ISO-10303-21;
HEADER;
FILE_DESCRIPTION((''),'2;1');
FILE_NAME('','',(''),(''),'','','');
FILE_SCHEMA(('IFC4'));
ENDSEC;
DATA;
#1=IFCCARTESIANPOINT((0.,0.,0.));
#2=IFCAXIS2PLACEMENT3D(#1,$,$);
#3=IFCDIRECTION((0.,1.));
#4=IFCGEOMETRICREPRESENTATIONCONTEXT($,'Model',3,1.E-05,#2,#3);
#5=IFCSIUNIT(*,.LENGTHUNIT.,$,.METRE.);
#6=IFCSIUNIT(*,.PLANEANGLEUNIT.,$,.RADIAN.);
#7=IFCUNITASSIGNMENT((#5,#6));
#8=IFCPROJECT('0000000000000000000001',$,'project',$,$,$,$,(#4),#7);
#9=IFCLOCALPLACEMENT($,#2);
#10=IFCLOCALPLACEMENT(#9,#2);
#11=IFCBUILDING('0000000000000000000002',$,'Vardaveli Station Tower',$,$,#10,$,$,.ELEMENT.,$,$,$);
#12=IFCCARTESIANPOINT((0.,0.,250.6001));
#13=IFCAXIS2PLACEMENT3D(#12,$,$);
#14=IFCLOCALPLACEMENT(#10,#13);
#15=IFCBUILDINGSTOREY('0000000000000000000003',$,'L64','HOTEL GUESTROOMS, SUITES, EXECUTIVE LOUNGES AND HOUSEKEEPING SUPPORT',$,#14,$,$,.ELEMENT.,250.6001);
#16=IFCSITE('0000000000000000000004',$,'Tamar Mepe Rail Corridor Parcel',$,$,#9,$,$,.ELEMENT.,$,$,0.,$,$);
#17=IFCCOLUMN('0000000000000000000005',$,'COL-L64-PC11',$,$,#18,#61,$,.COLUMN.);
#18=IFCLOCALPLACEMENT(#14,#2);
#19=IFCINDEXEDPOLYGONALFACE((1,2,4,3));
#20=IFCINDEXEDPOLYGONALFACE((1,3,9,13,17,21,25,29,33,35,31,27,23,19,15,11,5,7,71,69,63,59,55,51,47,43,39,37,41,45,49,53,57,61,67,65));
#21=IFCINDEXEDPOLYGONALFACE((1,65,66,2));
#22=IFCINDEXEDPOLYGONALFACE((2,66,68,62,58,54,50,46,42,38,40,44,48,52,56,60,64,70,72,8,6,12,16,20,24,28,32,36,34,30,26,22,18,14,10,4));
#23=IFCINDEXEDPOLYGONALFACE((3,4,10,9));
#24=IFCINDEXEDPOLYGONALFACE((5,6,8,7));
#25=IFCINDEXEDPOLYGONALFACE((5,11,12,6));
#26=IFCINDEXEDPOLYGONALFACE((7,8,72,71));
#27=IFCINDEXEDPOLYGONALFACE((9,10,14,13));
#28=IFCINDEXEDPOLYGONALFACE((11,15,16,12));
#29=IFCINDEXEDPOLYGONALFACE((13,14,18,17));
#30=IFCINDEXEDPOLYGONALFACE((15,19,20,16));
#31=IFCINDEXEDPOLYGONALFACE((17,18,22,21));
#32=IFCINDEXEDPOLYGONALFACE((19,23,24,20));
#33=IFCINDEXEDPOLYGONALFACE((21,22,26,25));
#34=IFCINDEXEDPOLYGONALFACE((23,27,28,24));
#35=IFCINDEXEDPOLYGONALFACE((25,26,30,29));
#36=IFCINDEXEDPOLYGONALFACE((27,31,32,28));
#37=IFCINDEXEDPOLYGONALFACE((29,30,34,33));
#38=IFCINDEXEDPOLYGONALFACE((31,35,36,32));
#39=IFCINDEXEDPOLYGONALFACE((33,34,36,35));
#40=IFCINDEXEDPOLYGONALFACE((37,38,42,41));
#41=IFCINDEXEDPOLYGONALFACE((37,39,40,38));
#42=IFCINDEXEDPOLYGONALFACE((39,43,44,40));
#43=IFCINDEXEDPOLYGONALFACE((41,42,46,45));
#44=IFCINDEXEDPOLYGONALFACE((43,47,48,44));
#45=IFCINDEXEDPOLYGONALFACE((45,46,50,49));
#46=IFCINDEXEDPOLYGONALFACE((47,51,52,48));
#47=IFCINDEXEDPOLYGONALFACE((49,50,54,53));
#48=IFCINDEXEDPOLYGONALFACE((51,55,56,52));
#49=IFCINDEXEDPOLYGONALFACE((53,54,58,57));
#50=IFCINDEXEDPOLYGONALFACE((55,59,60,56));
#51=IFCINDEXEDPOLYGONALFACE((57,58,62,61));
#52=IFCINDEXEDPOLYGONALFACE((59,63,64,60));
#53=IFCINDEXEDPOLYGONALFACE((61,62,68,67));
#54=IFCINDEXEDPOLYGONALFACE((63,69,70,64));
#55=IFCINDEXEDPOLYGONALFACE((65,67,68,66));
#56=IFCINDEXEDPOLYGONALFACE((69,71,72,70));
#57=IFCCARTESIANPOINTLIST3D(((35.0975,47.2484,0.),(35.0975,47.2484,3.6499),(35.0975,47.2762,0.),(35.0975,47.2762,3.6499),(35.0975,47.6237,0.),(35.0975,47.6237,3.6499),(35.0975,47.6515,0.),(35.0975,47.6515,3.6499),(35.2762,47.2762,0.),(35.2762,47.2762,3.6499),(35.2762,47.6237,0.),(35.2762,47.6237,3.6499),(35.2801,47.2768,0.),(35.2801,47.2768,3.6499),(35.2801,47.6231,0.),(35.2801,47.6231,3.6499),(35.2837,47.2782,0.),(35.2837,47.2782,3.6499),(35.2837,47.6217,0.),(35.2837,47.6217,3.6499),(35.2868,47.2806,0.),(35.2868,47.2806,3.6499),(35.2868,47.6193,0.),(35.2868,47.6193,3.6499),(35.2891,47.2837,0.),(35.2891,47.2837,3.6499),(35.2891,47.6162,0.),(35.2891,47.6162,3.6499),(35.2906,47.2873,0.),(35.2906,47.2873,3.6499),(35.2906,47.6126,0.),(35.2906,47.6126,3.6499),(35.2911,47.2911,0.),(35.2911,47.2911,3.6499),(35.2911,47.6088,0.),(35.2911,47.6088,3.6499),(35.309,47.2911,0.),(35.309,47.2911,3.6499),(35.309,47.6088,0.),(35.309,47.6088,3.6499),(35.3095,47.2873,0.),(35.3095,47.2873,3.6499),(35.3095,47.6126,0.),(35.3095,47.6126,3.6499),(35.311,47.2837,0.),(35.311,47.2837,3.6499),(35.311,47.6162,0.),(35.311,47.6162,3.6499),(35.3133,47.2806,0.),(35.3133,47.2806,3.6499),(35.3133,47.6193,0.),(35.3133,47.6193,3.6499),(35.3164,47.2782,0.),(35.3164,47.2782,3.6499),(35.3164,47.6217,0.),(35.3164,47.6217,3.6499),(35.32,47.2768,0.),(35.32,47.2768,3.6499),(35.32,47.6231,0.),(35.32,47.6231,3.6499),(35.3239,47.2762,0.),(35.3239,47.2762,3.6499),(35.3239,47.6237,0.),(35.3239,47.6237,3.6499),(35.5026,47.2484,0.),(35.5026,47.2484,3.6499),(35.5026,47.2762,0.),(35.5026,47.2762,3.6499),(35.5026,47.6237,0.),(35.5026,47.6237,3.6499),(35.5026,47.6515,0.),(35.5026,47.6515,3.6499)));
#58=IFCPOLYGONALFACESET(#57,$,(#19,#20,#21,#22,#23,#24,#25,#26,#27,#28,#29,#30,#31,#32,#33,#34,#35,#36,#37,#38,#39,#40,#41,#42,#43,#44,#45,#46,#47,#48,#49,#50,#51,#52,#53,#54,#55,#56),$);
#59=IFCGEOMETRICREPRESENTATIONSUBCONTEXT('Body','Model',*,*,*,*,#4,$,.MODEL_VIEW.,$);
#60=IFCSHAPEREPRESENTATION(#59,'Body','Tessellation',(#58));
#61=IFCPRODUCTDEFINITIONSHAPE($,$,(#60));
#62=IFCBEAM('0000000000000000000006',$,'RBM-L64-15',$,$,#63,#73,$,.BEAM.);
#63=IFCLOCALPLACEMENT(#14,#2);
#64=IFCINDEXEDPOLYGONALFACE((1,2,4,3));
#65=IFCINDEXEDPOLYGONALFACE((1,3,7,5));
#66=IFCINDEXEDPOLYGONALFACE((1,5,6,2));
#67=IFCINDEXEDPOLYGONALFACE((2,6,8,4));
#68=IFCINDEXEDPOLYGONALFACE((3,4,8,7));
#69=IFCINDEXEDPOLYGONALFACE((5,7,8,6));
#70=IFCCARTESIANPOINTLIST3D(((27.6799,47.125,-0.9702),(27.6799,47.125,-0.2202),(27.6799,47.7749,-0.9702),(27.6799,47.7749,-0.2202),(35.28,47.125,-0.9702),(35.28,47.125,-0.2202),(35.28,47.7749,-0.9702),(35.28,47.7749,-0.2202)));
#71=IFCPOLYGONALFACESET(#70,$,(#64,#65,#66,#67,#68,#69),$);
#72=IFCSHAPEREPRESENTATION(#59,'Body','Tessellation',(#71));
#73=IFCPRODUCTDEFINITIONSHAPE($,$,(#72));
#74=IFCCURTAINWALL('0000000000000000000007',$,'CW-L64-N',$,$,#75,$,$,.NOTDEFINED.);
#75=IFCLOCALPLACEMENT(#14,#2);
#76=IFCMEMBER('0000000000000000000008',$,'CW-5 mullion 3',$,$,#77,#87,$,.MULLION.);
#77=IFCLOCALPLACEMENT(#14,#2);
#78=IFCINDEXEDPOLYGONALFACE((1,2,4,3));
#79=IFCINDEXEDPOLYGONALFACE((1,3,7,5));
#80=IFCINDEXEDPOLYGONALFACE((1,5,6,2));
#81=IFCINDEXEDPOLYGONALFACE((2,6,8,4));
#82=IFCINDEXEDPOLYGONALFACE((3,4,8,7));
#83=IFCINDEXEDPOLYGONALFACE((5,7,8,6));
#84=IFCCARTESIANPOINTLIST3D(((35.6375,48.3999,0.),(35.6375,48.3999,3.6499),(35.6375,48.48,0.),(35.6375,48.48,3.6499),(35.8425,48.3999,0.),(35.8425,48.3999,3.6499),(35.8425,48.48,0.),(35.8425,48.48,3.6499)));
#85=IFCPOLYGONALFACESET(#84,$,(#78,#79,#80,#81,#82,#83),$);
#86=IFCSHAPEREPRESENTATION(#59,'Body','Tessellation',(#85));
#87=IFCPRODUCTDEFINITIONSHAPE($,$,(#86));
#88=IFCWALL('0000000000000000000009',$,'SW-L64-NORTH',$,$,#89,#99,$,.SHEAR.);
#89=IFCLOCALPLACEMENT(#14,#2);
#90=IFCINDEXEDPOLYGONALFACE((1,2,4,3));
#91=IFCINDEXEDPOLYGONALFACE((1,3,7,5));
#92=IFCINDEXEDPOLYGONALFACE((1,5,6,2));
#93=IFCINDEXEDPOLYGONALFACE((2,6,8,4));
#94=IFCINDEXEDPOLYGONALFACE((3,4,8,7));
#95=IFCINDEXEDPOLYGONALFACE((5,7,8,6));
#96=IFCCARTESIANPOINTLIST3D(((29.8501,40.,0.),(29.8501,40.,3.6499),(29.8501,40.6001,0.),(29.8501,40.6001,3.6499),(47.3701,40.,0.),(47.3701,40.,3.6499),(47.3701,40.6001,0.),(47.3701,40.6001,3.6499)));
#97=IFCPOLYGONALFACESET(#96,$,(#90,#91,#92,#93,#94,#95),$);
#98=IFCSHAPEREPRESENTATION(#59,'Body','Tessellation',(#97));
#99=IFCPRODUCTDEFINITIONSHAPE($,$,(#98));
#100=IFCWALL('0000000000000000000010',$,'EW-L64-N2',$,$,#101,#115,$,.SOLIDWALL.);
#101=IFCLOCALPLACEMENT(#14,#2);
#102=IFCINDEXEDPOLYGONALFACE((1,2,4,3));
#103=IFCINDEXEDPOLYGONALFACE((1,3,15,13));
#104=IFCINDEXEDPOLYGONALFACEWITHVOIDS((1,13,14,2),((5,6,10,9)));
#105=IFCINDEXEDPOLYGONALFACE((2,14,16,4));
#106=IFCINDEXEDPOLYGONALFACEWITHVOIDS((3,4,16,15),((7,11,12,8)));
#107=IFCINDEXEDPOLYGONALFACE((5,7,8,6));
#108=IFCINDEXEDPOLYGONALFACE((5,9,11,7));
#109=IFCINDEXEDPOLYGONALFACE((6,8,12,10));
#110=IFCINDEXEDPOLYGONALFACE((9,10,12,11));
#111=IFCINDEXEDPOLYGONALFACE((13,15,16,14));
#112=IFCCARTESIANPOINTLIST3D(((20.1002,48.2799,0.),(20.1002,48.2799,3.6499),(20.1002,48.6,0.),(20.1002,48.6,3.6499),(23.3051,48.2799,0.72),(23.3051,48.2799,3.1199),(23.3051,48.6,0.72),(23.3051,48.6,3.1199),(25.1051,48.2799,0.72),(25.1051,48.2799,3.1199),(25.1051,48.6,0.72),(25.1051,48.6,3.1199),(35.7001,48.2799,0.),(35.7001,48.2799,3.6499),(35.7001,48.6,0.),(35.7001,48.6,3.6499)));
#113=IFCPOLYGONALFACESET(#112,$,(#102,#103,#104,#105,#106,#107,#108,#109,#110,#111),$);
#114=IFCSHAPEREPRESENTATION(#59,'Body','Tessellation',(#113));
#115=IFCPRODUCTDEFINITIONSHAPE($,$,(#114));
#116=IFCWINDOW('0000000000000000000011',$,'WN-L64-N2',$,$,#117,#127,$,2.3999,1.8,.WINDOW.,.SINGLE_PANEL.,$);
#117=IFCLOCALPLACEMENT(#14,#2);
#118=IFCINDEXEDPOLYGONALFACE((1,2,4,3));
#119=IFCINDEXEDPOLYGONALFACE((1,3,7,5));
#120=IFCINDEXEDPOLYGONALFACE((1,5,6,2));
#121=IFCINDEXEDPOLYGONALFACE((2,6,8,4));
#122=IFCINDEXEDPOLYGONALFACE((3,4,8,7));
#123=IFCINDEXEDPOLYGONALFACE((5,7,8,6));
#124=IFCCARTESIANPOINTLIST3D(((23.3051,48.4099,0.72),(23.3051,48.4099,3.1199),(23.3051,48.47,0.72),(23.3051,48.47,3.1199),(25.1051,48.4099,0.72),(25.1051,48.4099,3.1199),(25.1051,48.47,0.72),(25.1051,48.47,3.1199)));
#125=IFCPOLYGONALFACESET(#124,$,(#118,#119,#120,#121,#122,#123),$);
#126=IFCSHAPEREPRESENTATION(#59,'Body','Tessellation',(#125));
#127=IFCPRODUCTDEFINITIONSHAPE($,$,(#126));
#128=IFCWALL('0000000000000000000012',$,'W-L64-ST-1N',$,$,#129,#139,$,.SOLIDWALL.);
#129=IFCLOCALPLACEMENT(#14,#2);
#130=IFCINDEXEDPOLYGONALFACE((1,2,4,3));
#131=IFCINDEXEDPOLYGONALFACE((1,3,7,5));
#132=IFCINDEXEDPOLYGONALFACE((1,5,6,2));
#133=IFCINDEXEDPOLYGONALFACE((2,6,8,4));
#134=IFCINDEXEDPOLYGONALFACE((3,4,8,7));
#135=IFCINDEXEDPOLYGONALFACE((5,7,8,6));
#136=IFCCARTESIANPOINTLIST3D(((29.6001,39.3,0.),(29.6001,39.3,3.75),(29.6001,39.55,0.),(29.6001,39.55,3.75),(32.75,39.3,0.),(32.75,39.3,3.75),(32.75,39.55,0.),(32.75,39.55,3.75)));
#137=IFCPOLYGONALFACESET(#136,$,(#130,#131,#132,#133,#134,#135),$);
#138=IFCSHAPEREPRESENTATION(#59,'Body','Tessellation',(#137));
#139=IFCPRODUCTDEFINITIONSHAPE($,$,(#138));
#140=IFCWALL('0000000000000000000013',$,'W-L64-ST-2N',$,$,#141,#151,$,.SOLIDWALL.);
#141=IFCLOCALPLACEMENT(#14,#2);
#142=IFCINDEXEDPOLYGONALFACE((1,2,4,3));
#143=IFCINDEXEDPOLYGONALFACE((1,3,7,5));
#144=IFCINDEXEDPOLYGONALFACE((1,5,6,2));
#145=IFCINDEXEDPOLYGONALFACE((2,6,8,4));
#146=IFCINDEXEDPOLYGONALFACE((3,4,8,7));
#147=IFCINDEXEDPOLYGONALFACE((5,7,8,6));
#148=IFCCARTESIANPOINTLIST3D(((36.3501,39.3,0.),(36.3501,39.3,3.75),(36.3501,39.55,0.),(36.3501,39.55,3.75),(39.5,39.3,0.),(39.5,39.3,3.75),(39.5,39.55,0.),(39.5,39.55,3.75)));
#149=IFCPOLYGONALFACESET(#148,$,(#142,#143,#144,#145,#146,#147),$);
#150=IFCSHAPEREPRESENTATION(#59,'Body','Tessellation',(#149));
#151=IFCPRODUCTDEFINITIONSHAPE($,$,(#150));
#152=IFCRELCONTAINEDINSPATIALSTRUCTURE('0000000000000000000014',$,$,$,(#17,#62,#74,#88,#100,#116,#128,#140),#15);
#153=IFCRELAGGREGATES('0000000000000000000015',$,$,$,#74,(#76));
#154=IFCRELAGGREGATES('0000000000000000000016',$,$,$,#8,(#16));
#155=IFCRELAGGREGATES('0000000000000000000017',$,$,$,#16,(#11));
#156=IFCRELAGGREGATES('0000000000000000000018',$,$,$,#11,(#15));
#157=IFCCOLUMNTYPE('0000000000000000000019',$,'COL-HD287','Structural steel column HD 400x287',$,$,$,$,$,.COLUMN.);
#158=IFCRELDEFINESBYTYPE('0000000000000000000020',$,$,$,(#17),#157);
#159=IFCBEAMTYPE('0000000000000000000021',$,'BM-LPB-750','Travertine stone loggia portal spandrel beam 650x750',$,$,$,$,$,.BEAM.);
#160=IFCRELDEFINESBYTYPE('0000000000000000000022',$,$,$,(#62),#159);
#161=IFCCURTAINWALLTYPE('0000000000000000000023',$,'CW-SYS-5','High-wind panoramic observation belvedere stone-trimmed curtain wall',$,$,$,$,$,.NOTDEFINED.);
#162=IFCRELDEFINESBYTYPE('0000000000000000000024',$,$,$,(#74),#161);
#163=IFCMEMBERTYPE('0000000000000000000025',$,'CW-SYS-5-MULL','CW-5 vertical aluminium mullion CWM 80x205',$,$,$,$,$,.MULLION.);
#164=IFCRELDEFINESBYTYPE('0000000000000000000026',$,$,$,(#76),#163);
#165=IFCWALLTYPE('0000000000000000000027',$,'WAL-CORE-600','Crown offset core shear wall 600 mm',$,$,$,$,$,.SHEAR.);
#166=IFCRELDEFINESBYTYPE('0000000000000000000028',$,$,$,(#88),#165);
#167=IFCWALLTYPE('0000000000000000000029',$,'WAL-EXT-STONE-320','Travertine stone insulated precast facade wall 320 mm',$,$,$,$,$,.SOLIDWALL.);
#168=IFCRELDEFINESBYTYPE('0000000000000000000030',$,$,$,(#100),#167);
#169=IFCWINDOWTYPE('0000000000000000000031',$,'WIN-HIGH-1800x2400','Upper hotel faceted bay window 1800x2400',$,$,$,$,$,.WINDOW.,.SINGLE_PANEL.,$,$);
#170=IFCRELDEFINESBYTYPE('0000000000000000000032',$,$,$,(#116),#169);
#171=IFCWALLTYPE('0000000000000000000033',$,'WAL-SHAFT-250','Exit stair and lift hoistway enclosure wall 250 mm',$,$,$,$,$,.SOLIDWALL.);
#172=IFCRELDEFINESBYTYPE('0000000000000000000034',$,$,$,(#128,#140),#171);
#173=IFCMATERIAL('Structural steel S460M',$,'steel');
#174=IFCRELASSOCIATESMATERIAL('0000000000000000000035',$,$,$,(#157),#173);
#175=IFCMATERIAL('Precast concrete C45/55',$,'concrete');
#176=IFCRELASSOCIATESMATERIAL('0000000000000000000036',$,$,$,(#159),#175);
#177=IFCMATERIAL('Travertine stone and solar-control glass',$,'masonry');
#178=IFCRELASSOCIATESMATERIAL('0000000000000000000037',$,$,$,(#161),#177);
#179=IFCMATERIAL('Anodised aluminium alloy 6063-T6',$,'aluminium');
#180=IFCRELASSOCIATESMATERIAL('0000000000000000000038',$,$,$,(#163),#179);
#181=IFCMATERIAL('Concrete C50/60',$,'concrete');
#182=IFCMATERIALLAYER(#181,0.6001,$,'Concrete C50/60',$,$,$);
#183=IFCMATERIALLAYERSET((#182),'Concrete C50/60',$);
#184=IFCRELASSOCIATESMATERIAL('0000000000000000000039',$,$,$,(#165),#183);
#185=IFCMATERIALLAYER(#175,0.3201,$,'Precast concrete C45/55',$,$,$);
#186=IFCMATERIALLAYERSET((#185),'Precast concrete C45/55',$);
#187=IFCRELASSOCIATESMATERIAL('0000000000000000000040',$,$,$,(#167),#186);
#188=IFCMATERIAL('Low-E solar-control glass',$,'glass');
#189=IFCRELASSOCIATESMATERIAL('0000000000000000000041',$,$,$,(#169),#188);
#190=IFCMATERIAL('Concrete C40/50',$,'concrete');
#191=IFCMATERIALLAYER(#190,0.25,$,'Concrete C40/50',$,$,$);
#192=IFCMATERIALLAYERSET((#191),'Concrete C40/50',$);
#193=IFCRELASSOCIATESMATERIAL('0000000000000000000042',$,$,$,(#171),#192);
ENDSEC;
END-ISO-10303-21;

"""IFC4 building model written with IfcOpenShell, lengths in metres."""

from ifc_helpers import new_model, si_unit, direction, frame, frame_2d, origin, origin_2d, place, context, subcontext, project, spatial, rectangle, i_section, extrude, source, transform, mapped, material, layer, layer_set, material_profile, profile_set, type_object, element, fill, aggregate, save


model = new_model("IFC4")

# Units and contexts
model_context = context("Model", 3, precision=1e-05, world=origin(), true_north=direction((0.0, 1.0)))
body_context = subcontext(model_context, "Body", "Model", "MODEL_VIEW")
ifc_project = project(units=[si_unit("LENGTHUNIT", "METRE"), si_unit("PLANEANGLEUNIT", "RADIAN")], contexts=[model_context])

# Site, building, storey
site_placement = place(None, origin())
site = spatial("IfcSite", under=ifc_project, at=site_placement, Name="Tamar Mepe Rail Corridor Parcel", CompositionType="ELEMENT", RefElevation=0.0)
building_placement = place(site_placement, origin())
building = spatial("IfcBuilding", under=site, at=building_placement, Name="Vardaveli Station Tower", CompositionType="ELEMENT")
storey_placement = place(building_placement, frame((0.0, 0.0, 250.6001)))
storey = spatial("IfcBuildingStorey", under=building, at=storey_placement, Name="L64", Description="HOTEL GUESTROOMS, SUITES, EXECUTIVE LOUNGES AND HOUSEKEEPING SUPPORT", CompositionType="ELEMENT", Elevation=250.6001)

# Column
ifc_material_1 = material(Name="Structural steel S460M", Category="steel")
ifc_material_profile_1 = material_profile(ifc_material_1, i_section(OverallWidth=0.405, OverallDepth=0.4031, WebThickness=0.0178, FlangeThickness=0.0278, FilletRadius=0.0149, at=origin_2d()), Name="HD 400x287")
ifc_profile_set_1 = profile_set([ifc_material_profile_1], Name="Structural steel S460M")
column_type = type_object("IfcColumnType", Name="COL-HD287", Description="Structural steel column HD 400x287", PredefinedType="COLUMN", material=ifc_profile_set_1)
shared_shape_1 = source(origin(), body_context, "Body", "SweptSolid", [
    extrude(i_section(OverallWidth=0.405, OverallDepth=0.4031, WebThickness=0.0178, FlangeThickness=0.0278, FilletRadius=0.0149, at=origin_2d()), origin(), (0.0, 0.0, 1.0), 3.6499),
])
column_placement = place(storey_placement, frame((35.3, 47.45, 0.0), z_axis=(0.0, 0.0, 1.0), x_axis=(1.0, 0.0, 0.0)))
element("IfcColumn", 1, at=column_placement, inside=storey, type_object=column_type, Name="COL-L64-PC11", PredefinedType="COLUMN", context=body_context, shape_type="MappedRepresentation", body=[
    mapped(shared_shape_1, transform((0.0, 0.0, 0.0), scale=1.0)),
])

# Beam
ifc_material_2 = material(Name="Precast concrete C45/55", Category="concrete")
ifc_material_profile_2 = material_profile(ifc_material_2, rectangle(XDim=0.6499, YDim=0.75, at=origin_2d()), Name="LPB 650x750")
ifc_profile_set_2 = profile_set([ifc_material_profile_2], Name="Precast concrete C45/55")
beam_type = type_object("IfcBeamType", Name="BM-LPB-750", Description="Travertine stone loggia portal spandrel beam 650x750", PredefinedType="BEAM", material=ifc_profile_set_2)
shared_shape_2 = source(origin(), body_context, "Body", "SweptSolid", [
    extrude(rectangle(XDim=0.6499, YDim=0.75, at=origin_2d()), origin(), (0.0, 0.0, 1.0), 7.6001),
])
beam_placement = place(storey_placement, frame((35.28, 47.45, -0.5952), z_axis=(-1.0, 0.0, 0.0), x_axis=(0.0, -1.0, 0.0)))
element("IfcBeam", 2, at=beam_placement, inside=storey, type_object=beam_type, Name="RBM-L64-15", PredefinedType="BEAM", context=body_context, shape_type="MappedRepresentation", body=[
    mapped(shared_shape_2, transform((0.0, 0.0, 0.0), scale=1.0)),
])

# Curtain wall, member
ifc_material_3 = material(Name="Travertine stone and solar-control glass", Category="masonry")
curtain_wall_type = type_object("IfcCurtainWallType", Name="CW-SYS-5", Description="High-wind panoramic observation belvedere stone-trimmed curtain wall", PredefinedType="NOTDEFINED", material=ifc_material_3)
curtain_wall_placement = place(storey_placement, origin())
curtain_wall = element("IfcCurtainWall", 3, at=curtain_wall_placement, inside=storey, type_object=curtain_wall_type, Name="CW-L64-N", PredefinedType="NOTDEFINED")
ifc_material_4 = material(Name="Anodised aluminium alloy 6063-T6", Category="aluminium")
ifc_material_profile_3 = material_profile(ifc_material_4, rectangle(XDim=0.0801, YDim=0.2051, at=origin_2d()), Name="CWM 80x205")
ifc_profile_set_3 = profile_set([ifc_material_profile_3], Name="Anodised aluminium alloy 6063-T6")
member_type = type_object("IfcMemberType", Name="CW-SYS-5-MULL", Description="CW-5 vertical aluminium mullion CWM 80x205", PredefinedType="MULLION", material=ifc_profile_set_3)
shared_shape_3 = source(origin(), body_context, "Body", "SweptSolid", [
    extrude(rectangle(XDim=0.0801, YDim=0.2051, at=origin_2d()), origin(), (0.0, 0.0, 1.0), 3.6499),
])
member_placement = place(storey_placement, frame((35.74, 48.4399, 0.0), z_axis=(0.0, 0.0, 1.0), x_axis=(0.0, -1.0, 0.0)))
member = element("IfcMember", 4, at=member_placement, type_object=member_type, Name="CW-5 mullion 3", PredefinedType="MULLION", context=body_context, shape_type="MappedRepresentation", body=[
    mapped(shared_shape_3, transform((0.0, 0.0, 0.0), scale=1.0)),
])
aggregate(curtain_wall, [member])

# Wall
ifc_material_5 = material(Name="Concrete C50/60", Category="concrete")
ifc_layer_1 = layer(ifc_material_5, 0.6001, Name="Concrete C50/60")
ifc_layer_set_1 = layer_set([ifc_layer_1], Name="Concrete C50/60")
wall_type_1 = type_object("IfcWallType", Name="WAL-CORE-600", Description="Crown offset core shear wall 600 mm", PredefinedType="SHEAR", material=ifc_layer_set_1)
shared_shape_4 = source(origin(), body_context, "Body", "SweptSolid", [
    extrude(rectangle(XDim=17.52, YDim=0.6001, at=frame_2d((8.76, 0.0))), origin(), (0.0, 0.0, 1.0), 3.6499),
])
wall_1_placement = place(storey_placement, frame((29.8501, 40.3, 0.0), z_axis=(0.0, 0.0, 1.0), x_axis=(1.0, 0.0, 0.0)))
element("IfcWall", 5, at=wall_1_placement, inside=storey, type_object=wall_type_1, Name="SW-L64-NORTH", PredefinedType="SHEAR", context=body_context, shape_type="MappedRepresentation", body=[
    mapped(shared_shape_4, transform((0.0, 0.0, 0.0), scale=1.0)),
])

# Wall, opening, window
ifc_layer_2 = layer(ifc_material_2, 0.3201, Name="Precast concrete C45/55")
ifc_layer_set_2 = layer_set([ifc_layer_2], Name="Precast concrete C45/55")
wall_type_2 = type_object("IfcWallType", Name="WAL-EXT-STONE-320", Description="Travertine stone insulated precast facade wall 320 mm", PredefinedType="SOLIDWALL", material=ifc_layer_set_2)
shared_shape_5 = source(origin(), body_context, "Body", "SweptSolid", [
    extrude(rectangle(XDim=15.5999, YDim=0.3201, at=frame_2d((7.7998, 0.0))), origin(), (0.0, 0.0, 1.0), 3.6499),
])
wall_2_placement = place(storey_placement, frame((35.7, 48.4399, 0.0), z_axis=(0.0, 0.0, 1.0), x_axis=(-1.0, 0.0, 0.0)))
wall_2 = element("IfcWall", 6, at=wall_2_placement, inside=storey, type_object=wall_type_2, Name="EW-L64-N2", PredefinedType="SOLIDWALL", context=body_context, shape_type="MappedRepresentation", body=[
    mapped(shared_shape_5, transform((0.0, 0.0, 0.0), scale=1.0)),
])
shared_shape_6 = source(origin(), body_context, "Body", "SweptSolid", [
    extrude(rectangle(XDim=1.8, YDim=2.3999, at=frame_2d((0.8999, 1.2))), frame((0.0, 0.1699, 0.0), z_axis=(0.0, -1.0, 0.0), x_axis=(1.0, 0.0, 0.0)), (0.0, 0.0, 1.0), 0.3401),
])
opening_1_placement = place(wall_2_placement, frame((10.595, 0.0, 0.72)))
opening_1 = element("IfcOpeningElement", 7, at=opening_1_placement, cuts=wall_2, PredefinedType="OPENING", context=body_context, shape_type="MappedRepresentation", body=[
    mapped(shared_shape_6, transform((0.0, 0.0, 0.0), scale=1.0)),
])
ifc_material_6 = material(Name="Low-E solar-control glass", Category="glass")
window_type = type_object("IfcWindowType", Name="WIN-HIGH-1800x2400", Description="Upper hotel faceted bay window 1800x2400", PartitioningType="SINGLE_PANEL", PredefinedType="WINDOW", material=ifc_material_6)
shared_shape_7 = source(origin(), body_context, "Body", "SweptSolid", [
    extrude(rectangle(XDim=1.8, YDim=2.3999, at=frame_2d((0.8999, 1.2))), frame((0.0, 0.03, 0.0), z_axis=(0.0, -1.0, 0.0), x_axis=(1.0, 0.0, 0.0)), (0.0, 0.0, 1.0), 0.0601),
])
window_placement = place(opening_1_placement, origin())
window = element("IfcWindow", 8, at=window_placement, inside=storey, type_object=window_type, Name="WN-L64-N2", OverallHeight=2.3999, OverallWidth=1.8, PartitioningType="SINGLE_PANEL", PredefinedType="WINDOW", context=body_context, shape_type="MappedRepresentation", body=[
    mapped(shared_shape_7, transform((0.0, 0.0, 0.0), scale=1.0)),
])
fill(opening_1, window)

# Walls
ifc_material_7 = material(Name="Concrete C40/50", Category="concrete")
ifc_layer_3 = layer(ifc_material_7, 0.25, Name="Concrete C40/50")
ifc_layer_set_3 = layer_set([ifc_layer_3], Name="Concrete C40/50")
wall_type_3 = type_object("IfcWallType", Name="WAL-SHAFT-250", Description="Exit stair and lift hoistway enclosure wall 250 mm", PredefinedType="SOLIDWALL", material=ifc_layer_set_3)
shared_shape_8 = source(origin(), body_context, "Body", "SweptSolid", [
    extrude(rectangle(XDim=3.1499, YDim=0.25, at=frame_2d((1.575, 0.0))), origin(), (0.0, 0.0, 1.0), 3.75),
])
for number, where, z_axis, x_axis, name in (
    (9, (29.6001, 39.425, 0.0), (0.0, 0.0, 1.0), (1.0, 0.0, 0.0), "W-L64-ST-1N"),
    (10, (36.3501, 39.425, 0.0), (0.0, 0.0, 1.0), (1.0, 0.0, 0.0), "W-L64-ST-2N"),
):
    element("IfcWall", number, at=place(storey_placement, frame(where, z_axis=z_axis, x_axis=x_axis)), inside=storey, type_object=wall_type_3, Name=name, PredefinedType="SOLIDWALL", context=body_context, shape_type="MappedRepresentation", body=[
        mapped(shared_shape_8, transform((0.0, 0.0, 0.0), scale=1.0)),
    ])

save(model, "model.ifc")
